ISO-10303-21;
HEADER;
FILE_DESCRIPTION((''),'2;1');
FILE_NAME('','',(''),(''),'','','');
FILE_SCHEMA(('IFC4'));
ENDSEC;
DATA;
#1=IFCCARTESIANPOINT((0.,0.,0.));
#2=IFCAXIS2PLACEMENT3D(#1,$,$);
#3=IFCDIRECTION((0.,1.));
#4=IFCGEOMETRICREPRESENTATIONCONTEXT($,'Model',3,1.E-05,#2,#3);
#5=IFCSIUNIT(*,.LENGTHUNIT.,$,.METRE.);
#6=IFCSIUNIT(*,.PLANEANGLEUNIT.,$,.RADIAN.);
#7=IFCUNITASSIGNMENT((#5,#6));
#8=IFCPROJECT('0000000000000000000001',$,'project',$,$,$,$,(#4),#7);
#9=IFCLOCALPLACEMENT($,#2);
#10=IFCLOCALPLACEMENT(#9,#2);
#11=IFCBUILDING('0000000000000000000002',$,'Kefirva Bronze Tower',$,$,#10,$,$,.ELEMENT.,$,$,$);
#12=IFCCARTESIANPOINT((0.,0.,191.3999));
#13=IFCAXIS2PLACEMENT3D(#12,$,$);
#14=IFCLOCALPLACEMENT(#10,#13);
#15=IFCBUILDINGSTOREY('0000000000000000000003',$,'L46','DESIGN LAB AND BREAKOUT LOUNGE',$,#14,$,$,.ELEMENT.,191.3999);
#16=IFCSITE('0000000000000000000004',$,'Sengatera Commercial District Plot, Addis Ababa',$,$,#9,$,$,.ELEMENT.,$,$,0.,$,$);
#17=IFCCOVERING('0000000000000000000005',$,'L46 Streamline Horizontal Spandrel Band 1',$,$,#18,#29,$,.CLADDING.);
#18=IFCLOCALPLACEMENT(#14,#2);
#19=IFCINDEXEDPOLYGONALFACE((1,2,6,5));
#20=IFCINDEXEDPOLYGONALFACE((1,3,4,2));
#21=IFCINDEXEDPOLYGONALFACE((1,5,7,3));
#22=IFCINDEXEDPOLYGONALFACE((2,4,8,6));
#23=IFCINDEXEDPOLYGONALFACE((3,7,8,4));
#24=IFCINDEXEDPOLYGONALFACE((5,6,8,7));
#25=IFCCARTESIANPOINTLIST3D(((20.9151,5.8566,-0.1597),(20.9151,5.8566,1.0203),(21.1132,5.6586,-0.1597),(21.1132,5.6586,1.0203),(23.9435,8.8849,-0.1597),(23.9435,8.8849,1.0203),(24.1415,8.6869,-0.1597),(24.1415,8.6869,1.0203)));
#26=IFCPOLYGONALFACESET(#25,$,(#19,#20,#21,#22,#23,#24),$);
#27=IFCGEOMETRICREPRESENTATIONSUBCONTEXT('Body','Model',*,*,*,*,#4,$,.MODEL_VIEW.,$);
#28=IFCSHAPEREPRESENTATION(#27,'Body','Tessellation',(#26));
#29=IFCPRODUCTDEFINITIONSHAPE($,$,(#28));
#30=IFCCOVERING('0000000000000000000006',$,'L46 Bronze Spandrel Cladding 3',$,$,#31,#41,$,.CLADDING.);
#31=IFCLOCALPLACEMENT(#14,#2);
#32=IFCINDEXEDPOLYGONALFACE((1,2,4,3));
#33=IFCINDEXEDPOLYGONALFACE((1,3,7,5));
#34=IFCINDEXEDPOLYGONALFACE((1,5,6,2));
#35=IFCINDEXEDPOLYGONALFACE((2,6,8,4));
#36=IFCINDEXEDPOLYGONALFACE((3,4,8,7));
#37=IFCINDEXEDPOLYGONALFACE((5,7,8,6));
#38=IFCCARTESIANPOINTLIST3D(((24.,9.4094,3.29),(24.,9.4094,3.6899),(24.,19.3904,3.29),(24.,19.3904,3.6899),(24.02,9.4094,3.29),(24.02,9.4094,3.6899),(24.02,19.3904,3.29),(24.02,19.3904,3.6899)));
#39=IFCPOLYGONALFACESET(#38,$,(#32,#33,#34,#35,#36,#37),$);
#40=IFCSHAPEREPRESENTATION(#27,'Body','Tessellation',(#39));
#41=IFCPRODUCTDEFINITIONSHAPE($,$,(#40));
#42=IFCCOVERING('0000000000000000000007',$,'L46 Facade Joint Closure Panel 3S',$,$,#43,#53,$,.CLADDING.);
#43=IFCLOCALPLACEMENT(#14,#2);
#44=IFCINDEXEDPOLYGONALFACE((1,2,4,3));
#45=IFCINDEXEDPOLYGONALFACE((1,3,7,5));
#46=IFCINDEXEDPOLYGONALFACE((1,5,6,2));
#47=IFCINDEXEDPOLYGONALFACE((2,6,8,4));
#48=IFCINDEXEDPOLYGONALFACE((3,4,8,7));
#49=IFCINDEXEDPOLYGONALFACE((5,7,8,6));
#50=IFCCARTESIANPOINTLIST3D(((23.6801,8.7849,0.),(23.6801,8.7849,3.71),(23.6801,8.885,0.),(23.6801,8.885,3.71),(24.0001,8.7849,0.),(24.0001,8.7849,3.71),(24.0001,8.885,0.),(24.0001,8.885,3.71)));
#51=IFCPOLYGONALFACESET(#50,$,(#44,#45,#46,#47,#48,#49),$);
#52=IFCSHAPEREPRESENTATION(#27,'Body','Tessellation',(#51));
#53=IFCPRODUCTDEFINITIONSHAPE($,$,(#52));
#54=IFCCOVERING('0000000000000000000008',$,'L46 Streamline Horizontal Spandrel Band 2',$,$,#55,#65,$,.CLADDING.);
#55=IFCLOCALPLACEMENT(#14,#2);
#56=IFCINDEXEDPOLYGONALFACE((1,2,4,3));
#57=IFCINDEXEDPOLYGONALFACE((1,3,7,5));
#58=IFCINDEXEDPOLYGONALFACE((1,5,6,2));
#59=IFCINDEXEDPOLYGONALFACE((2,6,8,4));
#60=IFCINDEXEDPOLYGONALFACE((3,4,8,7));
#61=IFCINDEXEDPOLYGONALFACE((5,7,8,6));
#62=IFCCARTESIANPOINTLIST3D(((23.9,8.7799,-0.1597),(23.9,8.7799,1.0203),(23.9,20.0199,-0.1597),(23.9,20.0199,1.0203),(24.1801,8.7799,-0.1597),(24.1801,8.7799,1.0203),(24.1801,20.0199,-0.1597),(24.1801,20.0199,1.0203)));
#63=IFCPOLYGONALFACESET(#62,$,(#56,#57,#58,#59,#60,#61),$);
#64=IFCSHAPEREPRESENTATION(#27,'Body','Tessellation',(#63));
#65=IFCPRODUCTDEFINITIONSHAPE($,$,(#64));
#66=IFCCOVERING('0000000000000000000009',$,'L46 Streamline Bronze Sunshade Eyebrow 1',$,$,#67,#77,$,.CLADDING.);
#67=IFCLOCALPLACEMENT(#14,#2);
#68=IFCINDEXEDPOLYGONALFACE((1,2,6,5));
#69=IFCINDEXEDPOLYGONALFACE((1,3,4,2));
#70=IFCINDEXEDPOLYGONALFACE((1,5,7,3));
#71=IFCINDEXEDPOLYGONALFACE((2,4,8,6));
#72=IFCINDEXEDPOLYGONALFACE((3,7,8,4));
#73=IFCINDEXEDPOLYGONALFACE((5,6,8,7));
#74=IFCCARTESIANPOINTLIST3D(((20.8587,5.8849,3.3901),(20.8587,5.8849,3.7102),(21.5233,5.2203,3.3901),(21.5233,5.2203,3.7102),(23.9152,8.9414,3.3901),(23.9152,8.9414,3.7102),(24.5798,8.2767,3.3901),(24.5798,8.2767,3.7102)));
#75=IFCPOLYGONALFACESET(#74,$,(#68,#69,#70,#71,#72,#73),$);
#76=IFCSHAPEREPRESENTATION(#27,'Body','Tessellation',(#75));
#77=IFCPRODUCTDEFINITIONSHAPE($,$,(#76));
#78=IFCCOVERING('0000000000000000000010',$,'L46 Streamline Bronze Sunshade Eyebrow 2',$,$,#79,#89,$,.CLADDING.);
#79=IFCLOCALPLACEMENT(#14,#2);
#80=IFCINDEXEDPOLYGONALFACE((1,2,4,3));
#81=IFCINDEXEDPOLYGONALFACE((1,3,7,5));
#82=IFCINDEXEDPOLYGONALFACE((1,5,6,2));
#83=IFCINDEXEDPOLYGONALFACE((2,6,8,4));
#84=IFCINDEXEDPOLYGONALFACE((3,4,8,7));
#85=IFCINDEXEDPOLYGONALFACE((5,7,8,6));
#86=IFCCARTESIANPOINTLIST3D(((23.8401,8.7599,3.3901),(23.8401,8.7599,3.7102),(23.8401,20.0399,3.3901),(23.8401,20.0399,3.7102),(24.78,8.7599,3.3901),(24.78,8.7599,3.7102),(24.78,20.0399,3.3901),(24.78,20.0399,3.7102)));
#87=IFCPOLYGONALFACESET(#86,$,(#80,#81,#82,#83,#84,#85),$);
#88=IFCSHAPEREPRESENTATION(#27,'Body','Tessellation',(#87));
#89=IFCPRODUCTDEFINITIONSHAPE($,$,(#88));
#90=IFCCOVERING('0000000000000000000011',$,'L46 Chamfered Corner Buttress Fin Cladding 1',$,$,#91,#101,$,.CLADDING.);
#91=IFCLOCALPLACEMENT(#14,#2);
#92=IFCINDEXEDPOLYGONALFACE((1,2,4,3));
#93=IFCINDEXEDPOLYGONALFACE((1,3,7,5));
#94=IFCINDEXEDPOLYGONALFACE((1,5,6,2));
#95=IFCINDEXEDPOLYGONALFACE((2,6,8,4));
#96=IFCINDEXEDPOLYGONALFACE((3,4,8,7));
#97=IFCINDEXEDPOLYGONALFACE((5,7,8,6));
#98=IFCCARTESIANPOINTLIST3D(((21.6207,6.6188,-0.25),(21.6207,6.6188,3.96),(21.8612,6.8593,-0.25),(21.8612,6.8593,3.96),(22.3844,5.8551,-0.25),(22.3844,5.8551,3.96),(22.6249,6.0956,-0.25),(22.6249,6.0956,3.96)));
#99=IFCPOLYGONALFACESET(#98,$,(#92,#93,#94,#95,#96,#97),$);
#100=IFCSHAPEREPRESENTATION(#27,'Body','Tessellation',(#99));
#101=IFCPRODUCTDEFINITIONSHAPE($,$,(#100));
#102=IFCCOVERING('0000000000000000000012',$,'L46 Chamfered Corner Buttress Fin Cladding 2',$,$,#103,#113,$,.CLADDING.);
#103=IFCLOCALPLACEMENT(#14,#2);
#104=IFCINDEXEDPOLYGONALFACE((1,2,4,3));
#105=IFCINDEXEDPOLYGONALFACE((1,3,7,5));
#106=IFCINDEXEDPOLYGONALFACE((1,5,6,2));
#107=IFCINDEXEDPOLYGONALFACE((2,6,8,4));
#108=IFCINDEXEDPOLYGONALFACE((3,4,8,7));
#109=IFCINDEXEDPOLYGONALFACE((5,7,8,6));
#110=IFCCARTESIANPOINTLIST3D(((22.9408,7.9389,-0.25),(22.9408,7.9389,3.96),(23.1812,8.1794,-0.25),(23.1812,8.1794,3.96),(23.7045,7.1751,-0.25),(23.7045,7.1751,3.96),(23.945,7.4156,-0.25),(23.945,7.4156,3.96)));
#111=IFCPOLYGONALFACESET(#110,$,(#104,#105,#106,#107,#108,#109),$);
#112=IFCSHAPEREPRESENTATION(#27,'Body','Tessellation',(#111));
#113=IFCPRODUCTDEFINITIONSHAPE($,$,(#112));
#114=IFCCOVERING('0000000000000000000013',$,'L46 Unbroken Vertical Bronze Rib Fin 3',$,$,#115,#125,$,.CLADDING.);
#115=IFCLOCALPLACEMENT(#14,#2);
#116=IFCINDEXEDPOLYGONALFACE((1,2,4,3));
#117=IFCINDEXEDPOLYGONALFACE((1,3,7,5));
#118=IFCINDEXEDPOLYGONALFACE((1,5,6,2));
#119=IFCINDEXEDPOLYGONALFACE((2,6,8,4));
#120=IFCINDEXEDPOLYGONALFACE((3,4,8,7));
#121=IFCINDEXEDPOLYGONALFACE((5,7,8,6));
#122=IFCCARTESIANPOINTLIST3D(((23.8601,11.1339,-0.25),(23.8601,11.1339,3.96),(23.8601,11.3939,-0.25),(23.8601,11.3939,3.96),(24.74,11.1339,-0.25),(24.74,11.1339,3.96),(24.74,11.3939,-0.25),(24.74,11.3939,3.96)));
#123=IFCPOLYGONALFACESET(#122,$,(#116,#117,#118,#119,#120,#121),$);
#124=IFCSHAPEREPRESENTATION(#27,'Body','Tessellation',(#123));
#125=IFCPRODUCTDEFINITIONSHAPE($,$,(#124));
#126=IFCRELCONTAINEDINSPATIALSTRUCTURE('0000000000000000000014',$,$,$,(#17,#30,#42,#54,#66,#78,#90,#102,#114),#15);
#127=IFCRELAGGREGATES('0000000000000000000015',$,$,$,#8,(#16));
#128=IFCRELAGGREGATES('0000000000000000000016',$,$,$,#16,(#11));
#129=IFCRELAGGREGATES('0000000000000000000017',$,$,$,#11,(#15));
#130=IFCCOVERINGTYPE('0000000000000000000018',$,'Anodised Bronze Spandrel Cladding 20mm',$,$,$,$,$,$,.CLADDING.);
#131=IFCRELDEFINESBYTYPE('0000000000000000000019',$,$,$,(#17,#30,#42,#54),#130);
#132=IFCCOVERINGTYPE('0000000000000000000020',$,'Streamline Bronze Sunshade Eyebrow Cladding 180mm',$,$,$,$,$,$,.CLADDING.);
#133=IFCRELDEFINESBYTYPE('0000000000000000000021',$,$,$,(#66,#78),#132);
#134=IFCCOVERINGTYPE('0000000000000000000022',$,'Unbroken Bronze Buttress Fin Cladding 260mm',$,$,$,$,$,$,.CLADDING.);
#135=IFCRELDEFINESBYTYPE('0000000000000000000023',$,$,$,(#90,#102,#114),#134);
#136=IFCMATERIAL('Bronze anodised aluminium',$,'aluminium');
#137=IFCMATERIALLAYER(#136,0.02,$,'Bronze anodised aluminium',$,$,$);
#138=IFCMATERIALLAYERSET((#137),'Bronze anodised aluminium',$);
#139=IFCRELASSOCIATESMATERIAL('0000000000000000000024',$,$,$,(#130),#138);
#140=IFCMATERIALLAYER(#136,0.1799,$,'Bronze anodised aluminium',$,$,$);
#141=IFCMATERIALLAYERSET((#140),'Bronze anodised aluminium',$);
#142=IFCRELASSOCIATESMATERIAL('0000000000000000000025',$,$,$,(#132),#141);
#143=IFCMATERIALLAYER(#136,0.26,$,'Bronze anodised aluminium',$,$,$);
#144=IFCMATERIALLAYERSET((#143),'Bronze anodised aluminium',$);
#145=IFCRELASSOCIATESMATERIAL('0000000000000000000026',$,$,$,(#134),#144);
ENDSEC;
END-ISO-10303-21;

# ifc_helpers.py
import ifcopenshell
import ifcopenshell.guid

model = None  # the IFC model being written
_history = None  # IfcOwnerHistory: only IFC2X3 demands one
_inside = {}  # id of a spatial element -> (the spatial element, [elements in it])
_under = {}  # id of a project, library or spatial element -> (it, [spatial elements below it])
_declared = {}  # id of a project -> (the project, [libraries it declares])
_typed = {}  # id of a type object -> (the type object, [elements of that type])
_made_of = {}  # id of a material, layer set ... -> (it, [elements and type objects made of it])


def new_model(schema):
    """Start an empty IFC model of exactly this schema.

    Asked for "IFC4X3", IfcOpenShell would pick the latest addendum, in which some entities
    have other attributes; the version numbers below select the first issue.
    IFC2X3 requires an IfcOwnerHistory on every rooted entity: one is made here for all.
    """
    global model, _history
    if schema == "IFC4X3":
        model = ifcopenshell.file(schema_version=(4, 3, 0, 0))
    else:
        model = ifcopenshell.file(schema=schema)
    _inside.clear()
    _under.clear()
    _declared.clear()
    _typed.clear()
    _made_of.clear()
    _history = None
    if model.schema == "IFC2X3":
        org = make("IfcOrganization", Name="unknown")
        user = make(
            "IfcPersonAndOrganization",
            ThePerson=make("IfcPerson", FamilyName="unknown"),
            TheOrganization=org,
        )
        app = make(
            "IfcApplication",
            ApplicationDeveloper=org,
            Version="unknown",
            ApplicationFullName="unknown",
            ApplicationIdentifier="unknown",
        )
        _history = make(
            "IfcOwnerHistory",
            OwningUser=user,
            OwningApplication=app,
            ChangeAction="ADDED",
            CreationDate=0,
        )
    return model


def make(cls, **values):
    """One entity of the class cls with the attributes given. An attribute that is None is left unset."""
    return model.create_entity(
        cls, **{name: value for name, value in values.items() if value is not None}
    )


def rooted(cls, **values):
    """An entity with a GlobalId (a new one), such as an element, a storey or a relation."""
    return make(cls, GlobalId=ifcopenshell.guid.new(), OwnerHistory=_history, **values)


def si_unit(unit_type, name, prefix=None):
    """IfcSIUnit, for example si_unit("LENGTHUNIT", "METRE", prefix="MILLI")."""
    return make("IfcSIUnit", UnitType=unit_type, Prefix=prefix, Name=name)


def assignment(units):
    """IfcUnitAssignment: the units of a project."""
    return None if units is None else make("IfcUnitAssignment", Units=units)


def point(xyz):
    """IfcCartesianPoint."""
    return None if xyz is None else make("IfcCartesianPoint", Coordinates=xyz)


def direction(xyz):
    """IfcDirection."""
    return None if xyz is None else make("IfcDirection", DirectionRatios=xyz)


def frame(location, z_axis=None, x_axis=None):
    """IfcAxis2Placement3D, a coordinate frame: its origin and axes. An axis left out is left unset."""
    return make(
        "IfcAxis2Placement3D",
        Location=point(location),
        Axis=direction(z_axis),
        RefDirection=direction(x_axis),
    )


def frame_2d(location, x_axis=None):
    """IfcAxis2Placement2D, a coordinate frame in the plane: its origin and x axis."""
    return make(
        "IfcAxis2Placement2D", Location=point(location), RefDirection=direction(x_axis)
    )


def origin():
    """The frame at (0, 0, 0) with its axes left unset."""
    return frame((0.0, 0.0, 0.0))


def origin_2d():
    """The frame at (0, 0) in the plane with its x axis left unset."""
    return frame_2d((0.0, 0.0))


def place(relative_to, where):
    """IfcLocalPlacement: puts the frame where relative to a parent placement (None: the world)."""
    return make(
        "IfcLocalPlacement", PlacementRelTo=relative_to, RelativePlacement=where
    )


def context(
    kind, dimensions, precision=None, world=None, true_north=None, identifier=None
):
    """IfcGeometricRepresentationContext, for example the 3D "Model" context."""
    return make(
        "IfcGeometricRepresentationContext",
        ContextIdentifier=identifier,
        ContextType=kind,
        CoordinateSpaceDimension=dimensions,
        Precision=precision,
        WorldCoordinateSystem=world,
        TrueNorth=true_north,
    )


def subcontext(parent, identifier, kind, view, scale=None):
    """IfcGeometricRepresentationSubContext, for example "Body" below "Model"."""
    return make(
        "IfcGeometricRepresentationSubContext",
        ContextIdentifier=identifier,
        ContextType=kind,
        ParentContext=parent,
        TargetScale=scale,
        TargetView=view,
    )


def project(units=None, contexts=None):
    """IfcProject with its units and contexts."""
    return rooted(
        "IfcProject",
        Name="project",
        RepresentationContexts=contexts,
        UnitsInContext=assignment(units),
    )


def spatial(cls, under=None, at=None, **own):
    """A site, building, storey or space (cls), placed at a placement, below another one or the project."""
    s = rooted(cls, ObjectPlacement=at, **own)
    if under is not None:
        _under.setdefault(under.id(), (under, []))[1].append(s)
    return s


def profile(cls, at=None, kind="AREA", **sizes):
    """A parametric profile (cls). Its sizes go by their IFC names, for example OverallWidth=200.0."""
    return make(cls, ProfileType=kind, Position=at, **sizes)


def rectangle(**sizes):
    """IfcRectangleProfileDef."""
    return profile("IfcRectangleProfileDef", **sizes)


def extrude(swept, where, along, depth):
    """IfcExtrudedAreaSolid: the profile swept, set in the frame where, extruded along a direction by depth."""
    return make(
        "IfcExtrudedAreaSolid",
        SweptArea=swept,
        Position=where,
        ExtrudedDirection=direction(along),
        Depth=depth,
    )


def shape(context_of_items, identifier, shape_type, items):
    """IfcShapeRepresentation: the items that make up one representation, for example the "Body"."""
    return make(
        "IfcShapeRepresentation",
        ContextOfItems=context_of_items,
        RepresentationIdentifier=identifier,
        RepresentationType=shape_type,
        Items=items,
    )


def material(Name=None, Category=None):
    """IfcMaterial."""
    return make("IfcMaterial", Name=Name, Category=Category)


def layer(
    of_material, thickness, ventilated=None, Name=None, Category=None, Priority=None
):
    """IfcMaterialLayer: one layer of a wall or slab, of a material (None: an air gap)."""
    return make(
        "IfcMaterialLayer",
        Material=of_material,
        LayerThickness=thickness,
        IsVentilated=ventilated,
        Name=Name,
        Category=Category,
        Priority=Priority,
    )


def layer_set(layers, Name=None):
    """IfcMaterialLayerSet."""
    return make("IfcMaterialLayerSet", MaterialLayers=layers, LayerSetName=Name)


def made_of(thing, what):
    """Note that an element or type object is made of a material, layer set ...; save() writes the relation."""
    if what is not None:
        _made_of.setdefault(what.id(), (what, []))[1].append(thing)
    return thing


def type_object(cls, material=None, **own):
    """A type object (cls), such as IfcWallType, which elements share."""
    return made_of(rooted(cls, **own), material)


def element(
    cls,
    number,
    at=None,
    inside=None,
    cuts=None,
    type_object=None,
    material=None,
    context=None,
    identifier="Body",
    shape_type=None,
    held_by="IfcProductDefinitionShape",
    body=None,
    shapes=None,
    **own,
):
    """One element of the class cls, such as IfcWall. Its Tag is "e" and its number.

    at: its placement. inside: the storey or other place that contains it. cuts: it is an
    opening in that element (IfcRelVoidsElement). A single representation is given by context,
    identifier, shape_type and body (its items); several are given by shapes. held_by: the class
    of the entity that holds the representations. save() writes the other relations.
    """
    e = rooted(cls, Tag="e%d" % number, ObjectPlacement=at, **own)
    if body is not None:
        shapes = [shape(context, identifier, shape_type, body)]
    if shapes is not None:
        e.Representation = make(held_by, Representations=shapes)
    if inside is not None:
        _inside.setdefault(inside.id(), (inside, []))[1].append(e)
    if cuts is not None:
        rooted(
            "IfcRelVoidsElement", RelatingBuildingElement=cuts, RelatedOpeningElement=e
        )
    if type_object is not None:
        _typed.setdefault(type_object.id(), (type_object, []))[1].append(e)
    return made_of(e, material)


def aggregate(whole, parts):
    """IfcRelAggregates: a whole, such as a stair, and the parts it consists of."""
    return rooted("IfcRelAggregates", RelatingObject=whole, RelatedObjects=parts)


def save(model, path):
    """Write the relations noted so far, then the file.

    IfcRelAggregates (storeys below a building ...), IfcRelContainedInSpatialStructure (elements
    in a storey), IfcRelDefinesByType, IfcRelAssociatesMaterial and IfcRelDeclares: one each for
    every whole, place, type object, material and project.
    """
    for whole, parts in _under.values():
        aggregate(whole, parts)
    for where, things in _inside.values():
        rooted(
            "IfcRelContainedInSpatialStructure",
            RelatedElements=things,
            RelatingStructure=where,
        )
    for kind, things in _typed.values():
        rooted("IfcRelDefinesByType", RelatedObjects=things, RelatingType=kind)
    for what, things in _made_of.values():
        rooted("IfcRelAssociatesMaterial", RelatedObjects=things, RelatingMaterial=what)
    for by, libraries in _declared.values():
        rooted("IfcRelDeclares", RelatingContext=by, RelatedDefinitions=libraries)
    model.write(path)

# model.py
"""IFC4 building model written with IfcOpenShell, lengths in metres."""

from ifc_helpers import new_model, si_unit, direction, frame, origin, origin_2d, place, context, subcontext, project, spatial, rectangle, extrude, material, layer, layer_set, type_object, element, save


model = new_model("IFC4")

# Units and contexts
model_context = context("Model", 3, precision=1e-05, world=origin(), true_north=direction((0.0, 1.0)))
body_context = subcontext(model_context, "Body", "Model", "MODEL_VIEW")
ifc_project = project(units=[si_unit("LENGTHUNIT", "METRE"), si_unit("PLANEANGLEUNIT", "RADIAN")], contexts=[model_context])

# Site, building, storey
site_placement = place(None, origin())
site = spatial("IfcSite", under=ifc_project, at=site_placement, Name="Sengatera Commercial District Plot, Addis Ababa", CompositionType="ELEMENT", RefElevation=0.0)
building_placement = place(site_placement, origin())
building = spatial("IfcBuilding", under=site, at=building_placement, Name="Kefirva Bronze Tower", CompositionType="ELEMENT")
storey_placement = place(building_placement, frame((0.0, 0.0, 191.3999)))
storey = spatial("IfcBuildingStorey", under=building, at=storey_placement, Name="L46", Description="DESIGN LAB AND BREAKOUT LOUNGE", CompositionType="ELEMENT", Elevation=191.3999)

# Coverings
ifc_material_1 = material(Name="Bronze anodised aluminium", Category="aluminium")
ifc_layer_1 = layer(ifc_material_1, 0.02, Name="Bronze anodised aluminium")
ifc_layer_set_1 = layer_set([ifc_layer_1], Name="Bronze anodised aluminium")
covering_type_1 = type_object("IfcCoveringType", Name="Anodised Bronze Spandrel Cladding 20mm", PredefinedType="CLADDING", material=ifc_layer_set_1)
covering_1_placement = place(storey_placement, frame((22.5283, 7.2717, -0.1597), z_axis=(0.0, 0.0, 1.0), x_axis=(0.707107, 0.707107, 0.0)))
element("IfcCovering", 1, at=covering_1_placement, inside=storey, type_object=covering_type_1, Name="L46 Streamline Horizontal Spandrel Band 1", PredefinedType="CLADDING", context=body_context, shape_type="SweptSolid", body=[
    extrude(rectangle(XDim=4.2827, YDim=0.28, at=origin_2d()), origin(), (0.0, 0.0, 1.0), 1.1799),
])
covering_2_placement = place(storey_placement, frame((24.01, 14.3999, 3.29), z_axis=(0.0, 0.0, 1.0), x_axis=(0.0, 1.0, 0.0)))
element("IfcCovering", 2, at=covering_2_placement, inside=storey, type_object=covering_type_1, Name="L46 Bronze Spandrel Cladding 3", PredefinedType="CLADDING", context=body_context, shape_type="SweptSolid", body=[
    extrude(rectangle(XDim=9.981, YDim=0.02, at=origin_2d()), origin(), (0.0, 0.0, 1.0), 0.3999),
])
covering_3_placement = place(storey_placement, frame((23.8401, 8.835, 0.0), z_axis=(0.0, 0.0, 1.0), x_axis=(0.0, 1.0, 0.0)))
element("IfcCovering", 3, at=covering_3_placement, inside=storey, type_object=covering_type_1, Name="L46 Facade Joint Closure Panel 3S", PredefinedType="CLADDING", context=body_context, shape_type="SweptSolid", body=[
    extrude(rectangle(XDim=0.1001, YDim=0.3201, at=origin_2d()), origin(), (0.0, 0.0, 1.0), 3.71),
])
covering_4_placement = place(storey_placement, frame((24.04, 14.3999, -0.1597), z_axis=(0.0, 0.0, 1.0), x_axis=(0.0, 1.0, 0.0)))
element("IfcCovering", 4, at=covering_4_placement, inside=storey, type_object=covering_type_1, Name="L46 Streamline Horizontal Spandrel Band 2", PredefinedType="CLADDING", context=body_context, shape_type="SweptSolid", body=[
    extrude(rectangle(XDim=11.24, YDim=0.28, at=origin_2d()), origin(), (0.0, 0.0, 1.0), 1.1799),
])
ifc_layer_2 = layer(ifc_material_1, 0.1799, Name="Bronze anodised aluminium")
ifc_layer_set_2 = layer_set([ifc_layer_2], Name="Bronze anodised aluminium")
covering_type_2 = type_object("IfcCoveringType", Name="Streamline Bronze Sunshade Eyebrow Cladding 180mm", PredefinedType="CLADDING", material=ifc_layer_set_2)
covering_5_placement = place(storey_placement, frame((22.7192, 7.0808, 3.3901), z_axis=(0.0, 0.0, 1.0), x_axis=(0.707107, 0.707107, 0.0)))
element("IfcCovering", 5, at=covering_5_placement, inside=storey, type_object=covering_type_2, Name="L46 Streamline Bronze Sunshade Eyebrow 1", PredefinedType="CLADDING", context=body_context, shape_type="SweptSolid", body=[
    extrude(rectangle(XDim=4.3225, YDim=0.9399, at=origin_2d()), origin(), (0.0, 0.0, 1.0), 0.3201),
])
covering_6_placement = place(storey_placement, frame((24.3101, 14.3999, 3.3901), z_axis=(0.0, 0.0, 1.0), x_axis=(0.0, 1.0, 0.0)))
element("IfcCovering", 6, at=covering_6_placement, inside=storey, type_object=covering_type_2, Name="L46 Streamline Bronze Sunshade Eyebrow 2", PredefinedType="CLADDING", context=body_context, shape_type="SweptSolid", body=[
    extrude(rectangle(XDim=11.28, YDim=0.9399, at=origin_2d()), origin(), (0.0, 0.0, 1.0), 0.3201),
])
ifc_layer_3 = layer(ifc_material_1, 0.26, Name="Bronze anodised aluminium")
ifc_layer_set_3 = layer_set([ifc_layer_3], Name="Bronze anodised aluminium")
covering_type_3 = type_object("IfcCoveringType", Name="Unbroken Bronze Buttress Fin Cladding 260mm", PredefinedType="CLADDING", material=ifc_layer_set_3)
for number, where, z_axis, x_axis, name in (
    (7, (22.1228, 6.3572, -0.25), (0.0, 0.0, 1.0), (0.707107, 0.707107, 0.0), "L46 Chamfered Corner Buttress Fin Cladding 1"),
    (8, (23.4429, 7.6772, -0.25), (0.0, 0.0, 1.0), (0.707107, 0.707107, 0.0), "L46 Chamfered Corner Buttress Fin Cladding 2"),
):
    element("IfcCovering", number, at=place(storey_placement, frame(where, z_axis=z_axis, x_axis=x_axis)), inside=storey, type_object=covering_type_3, Name=name, PredefinedType="CLADDING", context=body_context, shape_type="SweptSolid", body=[
        extrude(rectangle(XDim=0.3401, YDim=1.0801, at=origin_2d()), origin(), (0.0, 0.0, 1.0), 4.21),
    ])
covering_7_placement = place(storey_placement, frame((24.3, 11.2639, -0.25), z_axis=(0.0, 0.0, 1.0), x_axis=(0.0, 1.0, 0.0)))
element("IfcCovering", 9, at=covering_7_placement, inside=storey, type_object=covering_type_3, Name="L46 Unbroken Vertical Bronze Rib Fin 3", PredefinedType="CLADDING", context=body_context, shape_type="SweptSolid", body=[
    extrude(rectangle(XDim=0.26, YDim=0.8799, at=origin_2d()), origin(), (0.0, 0.0, 1.0), 4.21),
])

save(model, "model.ifc")
